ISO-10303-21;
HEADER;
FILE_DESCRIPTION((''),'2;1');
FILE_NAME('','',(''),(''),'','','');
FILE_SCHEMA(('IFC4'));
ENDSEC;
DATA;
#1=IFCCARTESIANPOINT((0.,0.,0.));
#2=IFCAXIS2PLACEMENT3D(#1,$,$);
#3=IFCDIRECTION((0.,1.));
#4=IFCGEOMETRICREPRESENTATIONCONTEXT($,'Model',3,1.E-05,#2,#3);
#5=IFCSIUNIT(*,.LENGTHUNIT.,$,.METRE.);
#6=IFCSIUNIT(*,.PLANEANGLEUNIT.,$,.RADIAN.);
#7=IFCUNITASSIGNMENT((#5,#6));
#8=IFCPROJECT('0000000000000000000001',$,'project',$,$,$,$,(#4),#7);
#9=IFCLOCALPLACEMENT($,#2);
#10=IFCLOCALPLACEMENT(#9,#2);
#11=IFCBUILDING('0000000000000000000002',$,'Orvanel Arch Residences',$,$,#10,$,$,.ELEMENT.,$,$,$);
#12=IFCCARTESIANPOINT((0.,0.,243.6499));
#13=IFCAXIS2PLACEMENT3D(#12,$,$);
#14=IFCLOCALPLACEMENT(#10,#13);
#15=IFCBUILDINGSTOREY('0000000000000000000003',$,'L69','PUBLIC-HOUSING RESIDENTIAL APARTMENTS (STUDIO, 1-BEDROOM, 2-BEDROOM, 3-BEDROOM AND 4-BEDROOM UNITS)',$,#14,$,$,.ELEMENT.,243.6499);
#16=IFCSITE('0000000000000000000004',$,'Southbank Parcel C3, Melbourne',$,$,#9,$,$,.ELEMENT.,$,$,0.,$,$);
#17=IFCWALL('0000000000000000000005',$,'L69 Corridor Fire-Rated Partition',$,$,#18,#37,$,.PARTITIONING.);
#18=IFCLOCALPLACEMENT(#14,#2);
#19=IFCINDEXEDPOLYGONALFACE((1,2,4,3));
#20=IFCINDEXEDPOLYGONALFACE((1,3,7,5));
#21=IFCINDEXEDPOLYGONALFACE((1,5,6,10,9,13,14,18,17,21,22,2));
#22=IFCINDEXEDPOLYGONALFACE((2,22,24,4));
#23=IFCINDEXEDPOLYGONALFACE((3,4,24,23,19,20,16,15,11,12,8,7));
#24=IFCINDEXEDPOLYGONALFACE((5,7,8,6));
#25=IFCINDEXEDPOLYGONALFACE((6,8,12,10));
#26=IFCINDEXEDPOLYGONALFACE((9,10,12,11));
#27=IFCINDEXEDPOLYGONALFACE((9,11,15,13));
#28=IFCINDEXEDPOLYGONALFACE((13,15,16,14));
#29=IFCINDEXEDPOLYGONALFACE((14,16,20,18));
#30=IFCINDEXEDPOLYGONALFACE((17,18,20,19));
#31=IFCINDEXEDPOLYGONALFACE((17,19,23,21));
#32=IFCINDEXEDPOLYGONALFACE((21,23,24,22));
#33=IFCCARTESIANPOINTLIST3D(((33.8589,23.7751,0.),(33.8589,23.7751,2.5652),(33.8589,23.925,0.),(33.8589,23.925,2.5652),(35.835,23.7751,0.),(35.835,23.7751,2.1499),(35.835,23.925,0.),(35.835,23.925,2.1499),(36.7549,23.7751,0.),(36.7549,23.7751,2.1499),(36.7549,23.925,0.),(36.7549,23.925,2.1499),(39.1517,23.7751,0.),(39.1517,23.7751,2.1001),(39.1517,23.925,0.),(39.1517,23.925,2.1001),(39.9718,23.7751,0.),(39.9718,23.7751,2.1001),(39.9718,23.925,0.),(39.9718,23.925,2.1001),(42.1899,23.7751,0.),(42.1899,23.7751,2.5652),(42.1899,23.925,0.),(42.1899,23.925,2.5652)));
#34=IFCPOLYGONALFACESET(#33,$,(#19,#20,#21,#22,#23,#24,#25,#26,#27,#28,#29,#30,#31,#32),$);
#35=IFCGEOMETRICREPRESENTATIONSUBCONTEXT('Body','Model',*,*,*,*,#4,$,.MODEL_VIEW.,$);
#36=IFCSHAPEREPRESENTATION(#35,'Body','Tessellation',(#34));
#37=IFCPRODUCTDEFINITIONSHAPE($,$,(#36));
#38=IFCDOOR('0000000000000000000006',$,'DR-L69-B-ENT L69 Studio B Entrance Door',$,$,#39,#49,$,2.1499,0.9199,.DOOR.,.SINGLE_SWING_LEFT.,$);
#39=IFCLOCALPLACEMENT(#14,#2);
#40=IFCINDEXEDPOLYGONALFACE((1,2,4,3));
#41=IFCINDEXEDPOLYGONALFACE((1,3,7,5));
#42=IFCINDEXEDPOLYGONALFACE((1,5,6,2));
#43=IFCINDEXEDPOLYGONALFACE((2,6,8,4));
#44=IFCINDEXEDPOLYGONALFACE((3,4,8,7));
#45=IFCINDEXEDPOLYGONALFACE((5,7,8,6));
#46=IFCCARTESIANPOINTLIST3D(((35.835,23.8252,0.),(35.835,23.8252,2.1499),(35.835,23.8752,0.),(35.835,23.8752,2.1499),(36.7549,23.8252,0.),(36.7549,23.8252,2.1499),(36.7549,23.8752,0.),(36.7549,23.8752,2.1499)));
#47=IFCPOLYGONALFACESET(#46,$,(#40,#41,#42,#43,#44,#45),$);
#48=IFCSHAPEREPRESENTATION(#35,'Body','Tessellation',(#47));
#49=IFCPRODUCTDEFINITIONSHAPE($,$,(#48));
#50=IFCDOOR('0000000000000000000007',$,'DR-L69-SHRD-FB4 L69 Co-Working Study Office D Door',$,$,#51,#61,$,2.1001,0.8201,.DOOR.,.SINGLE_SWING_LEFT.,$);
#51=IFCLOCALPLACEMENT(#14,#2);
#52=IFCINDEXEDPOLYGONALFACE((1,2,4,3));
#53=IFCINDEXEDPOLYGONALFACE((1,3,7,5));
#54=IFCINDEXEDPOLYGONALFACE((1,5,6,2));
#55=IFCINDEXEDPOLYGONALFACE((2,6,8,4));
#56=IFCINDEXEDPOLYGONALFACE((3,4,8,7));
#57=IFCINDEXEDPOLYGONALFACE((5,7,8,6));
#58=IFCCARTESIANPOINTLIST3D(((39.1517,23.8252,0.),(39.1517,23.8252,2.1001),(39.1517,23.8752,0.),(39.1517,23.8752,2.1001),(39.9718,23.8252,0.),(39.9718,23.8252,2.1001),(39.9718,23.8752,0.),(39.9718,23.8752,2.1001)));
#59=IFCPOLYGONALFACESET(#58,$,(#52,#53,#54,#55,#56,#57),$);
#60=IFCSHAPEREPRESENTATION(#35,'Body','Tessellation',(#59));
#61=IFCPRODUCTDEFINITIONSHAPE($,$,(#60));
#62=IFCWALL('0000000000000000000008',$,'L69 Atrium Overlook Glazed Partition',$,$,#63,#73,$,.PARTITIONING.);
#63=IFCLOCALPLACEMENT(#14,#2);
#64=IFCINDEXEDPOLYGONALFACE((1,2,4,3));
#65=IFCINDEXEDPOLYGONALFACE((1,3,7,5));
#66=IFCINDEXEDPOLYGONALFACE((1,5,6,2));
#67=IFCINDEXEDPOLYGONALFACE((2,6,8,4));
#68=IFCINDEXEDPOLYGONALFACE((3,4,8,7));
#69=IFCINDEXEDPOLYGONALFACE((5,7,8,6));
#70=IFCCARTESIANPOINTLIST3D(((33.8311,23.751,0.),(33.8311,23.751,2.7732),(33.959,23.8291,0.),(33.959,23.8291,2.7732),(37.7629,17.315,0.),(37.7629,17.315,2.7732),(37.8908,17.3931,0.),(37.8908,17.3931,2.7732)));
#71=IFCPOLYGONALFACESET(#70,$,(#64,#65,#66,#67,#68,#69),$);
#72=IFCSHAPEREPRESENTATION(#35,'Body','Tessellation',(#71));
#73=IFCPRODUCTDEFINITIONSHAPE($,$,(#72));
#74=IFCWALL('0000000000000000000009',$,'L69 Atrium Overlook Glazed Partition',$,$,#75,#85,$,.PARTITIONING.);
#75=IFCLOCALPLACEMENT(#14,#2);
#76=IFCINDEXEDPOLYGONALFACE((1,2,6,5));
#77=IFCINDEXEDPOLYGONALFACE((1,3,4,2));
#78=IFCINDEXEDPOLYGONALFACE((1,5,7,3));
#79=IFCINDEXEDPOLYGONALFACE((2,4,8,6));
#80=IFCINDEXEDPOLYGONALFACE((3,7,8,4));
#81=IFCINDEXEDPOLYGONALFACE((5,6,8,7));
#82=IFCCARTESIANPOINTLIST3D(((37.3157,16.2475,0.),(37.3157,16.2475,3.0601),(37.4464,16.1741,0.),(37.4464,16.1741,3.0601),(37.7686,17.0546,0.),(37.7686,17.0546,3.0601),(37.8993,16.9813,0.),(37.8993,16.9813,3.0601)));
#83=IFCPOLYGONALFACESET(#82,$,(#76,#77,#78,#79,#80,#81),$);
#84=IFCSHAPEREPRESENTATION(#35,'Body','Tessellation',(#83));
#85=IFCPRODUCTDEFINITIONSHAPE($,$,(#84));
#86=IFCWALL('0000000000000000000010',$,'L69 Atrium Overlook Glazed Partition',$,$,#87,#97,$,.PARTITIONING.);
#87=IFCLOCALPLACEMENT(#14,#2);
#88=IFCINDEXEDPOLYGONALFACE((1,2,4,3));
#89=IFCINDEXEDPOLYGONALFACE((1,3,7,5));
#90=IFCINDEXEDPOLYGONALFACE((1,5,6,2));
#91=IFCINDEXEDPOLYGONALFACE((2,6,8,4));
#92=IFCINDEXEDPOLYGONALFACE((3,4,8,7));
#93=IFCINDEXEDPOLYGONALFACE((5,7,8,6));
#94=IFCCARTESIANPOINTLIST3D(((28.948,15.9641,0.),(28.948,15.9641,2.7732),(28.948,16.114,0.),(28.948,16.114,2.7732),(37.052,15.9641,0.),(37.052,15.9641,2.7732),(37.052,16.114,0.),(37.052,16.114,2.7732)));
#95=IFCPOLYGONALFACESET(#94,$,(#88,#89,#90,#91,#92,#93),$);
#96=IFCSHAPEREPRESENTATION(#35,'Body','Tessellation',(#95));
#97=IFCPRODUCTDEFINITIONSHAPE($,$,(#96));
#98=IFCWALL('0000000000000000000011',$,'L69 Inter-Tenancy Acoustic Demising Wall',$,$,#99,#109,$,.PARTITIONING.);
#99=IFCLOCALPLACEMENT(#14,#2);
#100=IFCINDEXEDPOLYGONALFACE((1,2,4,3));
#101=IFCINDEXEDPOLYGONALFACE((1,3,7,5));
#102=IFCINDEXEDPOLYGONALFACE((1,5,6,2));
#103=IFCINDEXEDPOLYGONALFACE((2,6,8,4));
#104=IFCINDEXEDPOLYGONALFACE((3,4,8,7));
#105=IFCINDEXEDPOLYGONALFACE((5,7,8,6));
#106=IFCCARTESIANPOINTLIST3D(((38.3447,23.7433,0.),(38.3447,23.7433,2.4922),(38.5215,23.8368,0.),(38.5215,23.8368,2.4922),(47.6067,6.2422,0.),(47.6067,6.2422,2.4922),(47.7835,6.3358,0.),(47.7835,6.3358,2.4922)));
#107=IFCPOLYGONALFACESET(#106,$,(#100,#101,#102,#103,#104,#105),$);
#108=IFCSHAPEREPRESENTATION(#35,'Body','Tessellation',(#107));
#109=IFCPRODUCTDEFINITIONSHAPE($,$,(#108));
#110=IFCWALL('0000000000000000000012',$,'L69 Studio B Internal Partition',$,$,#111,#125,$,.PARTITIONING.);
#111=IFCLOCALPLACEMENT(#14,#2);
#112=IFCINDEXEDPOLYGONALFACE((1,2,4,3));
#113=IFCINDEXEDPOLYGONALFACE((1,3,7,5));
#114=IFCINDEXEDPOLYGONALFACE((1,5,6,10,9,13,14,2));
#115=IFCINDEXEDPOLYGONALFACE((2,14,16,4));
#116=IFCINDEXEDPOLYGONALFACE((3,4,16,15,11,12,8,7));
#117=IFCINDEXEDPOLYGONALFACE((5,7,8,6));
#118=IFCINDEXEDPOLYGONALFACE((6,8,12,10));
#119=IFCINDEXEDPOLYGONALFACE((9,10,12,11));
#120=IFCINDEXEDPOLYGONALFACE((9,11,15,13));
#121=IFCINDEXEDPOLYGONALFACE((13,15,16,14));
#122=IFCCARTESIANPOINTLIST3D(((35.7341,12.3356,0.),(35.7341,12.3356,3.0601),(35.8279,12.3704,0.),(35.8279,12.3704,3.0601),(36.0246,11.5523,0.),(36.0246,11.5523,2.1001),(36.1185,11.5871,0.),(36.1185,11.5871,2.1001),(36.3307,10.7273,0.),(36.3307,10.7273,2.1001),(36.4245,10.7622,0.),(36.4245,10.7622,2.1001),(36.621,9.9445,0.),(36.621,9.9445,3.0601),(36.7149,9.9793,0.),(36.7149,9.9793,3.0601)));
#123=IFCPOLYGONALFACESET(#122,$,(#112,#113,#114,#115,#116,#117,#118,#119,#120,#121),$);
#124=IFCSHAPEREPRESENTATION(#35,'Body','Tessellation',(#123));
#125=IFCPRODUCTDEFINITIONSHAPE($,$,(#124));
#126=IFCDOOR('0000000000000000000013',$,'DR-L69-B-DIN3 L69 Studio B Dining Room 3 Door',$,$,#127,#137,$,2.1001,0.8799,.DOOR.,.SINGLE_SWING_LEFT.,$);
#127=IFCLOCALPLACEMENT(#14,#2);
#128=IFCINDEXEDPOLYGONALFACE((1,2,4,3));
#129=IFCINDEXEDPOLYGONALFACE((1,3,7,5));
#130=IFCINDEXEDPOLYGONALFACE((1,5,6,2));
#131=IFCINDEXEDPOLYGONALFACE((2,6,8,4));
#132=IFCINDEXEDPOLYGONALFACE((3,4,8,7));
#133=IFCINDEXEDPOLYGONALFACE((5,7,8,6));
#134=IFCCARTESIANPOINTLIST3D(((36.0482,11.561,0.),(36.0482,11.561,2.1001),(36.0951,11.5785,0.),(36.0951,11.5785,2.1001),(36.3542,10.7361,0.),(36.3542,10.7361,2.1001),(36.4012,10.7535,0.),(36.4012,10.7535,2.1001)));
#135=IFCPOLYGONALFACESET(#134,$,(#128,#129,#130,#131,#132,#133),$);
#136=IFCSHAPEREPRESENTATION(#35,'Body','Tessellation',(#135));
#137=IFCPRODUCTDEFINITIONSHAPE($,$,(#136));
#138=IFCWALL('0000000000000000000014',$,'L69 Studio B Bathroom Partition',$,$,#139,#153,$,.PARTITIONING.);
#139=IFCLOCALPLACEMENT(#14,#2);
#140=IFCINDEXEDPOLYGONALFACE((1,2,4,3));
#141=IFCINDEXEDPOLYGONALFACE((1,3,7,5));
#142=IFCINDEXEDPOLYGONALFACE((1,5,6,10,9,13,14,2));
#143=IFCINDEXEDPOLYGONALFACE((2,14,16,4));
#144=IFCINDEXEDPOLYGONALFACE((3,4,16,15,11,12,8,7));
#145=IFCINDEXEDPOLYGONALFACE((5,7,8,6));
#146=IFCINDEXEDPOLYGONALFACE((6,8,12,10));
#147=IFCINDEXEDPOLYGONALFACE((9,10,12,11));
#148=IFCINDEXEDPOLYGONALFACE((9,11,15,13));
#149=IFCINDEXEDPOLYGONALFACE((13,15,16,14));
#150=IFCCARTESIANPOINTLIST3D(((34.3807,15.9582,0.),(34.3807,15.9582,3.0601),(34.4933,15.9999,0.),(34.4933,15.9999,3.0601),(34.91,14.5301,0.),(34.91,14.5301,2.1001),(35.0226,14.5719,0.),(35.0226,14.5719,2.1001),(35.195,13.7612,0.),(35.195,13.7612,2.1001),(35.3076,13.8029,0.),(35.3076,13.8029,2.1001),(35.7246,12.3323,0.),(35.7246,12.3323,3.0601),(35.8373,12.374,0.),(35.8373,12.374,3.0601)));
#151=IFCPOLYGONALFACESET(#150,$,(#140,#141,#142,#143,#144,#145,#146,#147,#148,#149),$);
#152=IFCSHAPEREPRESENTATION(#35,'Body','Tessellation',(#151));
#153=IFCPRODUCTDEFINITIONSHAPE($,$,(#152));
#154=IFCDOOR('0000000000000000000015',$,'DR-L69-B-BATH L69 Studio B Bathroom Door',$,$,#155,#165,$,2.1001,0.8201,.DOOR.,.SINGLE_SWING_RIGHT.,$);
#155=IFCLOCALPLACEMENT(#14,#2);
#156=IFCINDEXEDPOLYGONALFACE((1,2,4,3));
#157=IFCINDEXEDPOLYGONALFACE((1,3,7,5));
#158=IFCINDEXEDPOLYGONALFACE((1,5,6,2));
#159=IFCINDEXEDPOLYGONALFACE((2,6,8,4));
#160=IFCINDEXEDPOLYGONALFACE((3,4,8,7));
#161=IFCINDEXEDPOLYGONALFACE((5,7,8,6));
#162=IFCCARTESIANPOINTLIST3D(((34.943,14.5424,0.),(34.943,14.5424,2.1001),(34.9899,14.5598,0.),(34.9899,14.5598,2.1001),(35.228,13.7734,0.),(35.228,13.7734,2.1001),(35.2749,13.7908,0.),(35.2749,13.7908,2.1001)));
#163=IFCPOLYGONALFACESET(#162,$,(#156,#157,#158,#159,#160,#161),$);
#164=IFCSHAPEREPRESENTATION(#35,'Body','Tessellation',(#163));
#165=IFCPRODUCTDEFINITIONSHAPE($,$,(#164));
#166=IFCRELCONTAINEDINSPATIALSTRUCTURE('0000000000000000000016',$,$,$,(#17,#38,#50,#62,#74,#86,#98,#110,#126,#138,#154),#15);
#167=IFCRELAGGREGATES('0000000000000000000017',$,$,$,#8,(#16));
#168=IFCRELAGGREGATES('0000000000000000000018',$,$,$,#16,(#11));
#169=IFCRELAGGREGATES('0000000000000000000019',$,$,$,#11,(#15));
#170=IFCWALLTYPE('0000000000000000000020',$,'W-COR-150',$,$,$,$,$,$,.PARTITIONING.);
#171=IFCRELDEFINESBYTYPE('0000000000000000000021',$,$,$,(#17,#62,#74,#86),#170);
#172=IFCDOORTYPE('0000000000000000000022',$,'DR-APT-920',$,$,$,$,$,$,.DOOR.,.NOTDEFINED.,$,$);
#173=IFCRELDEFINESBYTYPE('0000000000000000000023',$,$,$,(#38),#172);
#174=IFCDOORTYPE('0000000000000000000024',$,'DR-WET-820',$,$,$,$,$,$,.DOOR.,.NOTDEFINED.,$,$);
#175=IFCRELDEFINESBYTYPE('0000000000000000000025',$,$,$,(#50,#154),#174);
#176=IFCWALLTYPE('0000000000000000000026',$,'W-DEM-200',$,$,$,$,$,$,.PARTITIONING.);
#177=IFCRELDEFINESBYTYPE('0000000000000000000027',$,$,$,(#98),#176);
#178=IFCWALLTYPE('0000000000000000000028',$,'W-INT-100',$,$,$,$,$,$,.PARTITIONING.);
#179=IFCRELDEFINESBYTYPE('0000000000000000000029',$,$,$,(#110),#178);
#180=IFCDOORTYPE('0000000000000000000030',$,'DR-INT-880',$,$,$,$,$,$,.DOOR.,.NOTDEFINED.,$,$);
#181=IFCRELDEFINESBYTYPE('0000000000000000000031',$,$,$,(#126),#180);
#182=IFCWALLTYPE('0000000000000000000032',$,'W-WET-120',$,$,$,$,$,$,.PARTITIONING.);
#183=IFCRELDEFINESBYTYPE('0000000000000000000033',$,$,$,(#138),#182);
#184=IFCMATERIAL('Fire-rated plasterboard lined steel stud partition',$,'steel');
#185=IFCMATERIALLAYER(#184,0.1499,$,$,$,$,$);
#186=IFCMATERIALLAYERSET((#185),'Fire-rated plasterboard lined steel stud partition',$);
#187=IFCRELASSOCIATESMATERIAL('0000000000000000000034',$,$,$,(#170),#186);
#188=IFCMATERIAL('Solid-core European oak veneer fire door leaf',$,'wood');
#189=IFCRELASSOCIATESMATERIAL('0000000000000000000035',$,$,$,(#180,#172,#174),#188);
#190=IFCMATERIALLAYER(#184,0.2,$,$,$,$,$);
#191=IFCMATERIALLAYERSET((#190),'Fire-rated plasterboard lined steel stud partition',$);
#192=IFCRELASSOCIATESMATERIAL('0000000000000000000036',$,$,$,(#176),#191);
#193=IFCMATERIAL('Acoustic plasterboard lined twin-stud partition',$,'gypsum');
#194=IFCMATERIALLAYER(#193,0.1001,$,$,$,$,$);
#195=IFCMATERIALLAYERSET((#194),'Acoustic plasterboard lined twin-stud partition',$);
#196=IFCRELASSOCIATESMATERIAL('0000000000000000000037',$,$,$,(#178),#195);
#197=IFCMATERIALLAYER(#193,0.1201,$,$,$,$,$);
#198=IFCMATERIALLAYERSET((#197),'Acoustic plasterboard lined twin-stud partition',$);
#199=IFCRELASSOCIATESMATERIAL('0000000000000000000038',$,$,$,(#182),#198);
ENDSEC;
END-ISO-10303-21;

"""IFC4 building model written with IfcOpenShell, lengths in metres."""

from ifc_helpers import new_model, si_unit, direction, frame, frame_2d, origin, place, context, subcontext, project, spatial, rectangle, extrude, material, layer, layer_set, type_object, element, fill, save


model = new_model("IFC4")

# Units and contexts
model_context = context("Model", 3, precision=1e-05, world=origin(), true_north=direction((0.0, 1.0)))
body_context = subcontext(model_context, "Body", "Model", "MODEL_VIEW")
ifc_project = project(units=[si_unit("LENGTHUNIT", "METRE"), si_unit("PLANEANGLEUNIT", "RADIAN")], contexts=[model_context])

# Site, building, storey
site_placement = place(None, origin())
site = spatial("IfcSite", under=ifc_project, at=site_placement, Name="Southbank Parcel C3, Melbourne", CompositionType="ELEMENT", RefElevation=0.0)
building_placement = place(site_placement, origin())
building = spatial("IfcBuilding", under=site, at=building_placement, Name="Orvanel Arch Residences", CompositionType="ELEMENT")
storey_placement = place(building_placement, frame((0.0, 0.0, 243.6499)))
storey = spatial("IfcBuildingStorey", under=building, at=storey_placement, Name="L69", Description="PUBLIC-HOUSING RESIDENTIAL APARTMENTS (STUDIO, 1-BEDROOM, 2-BEDROOM, 3-BEDROOM AND 4-BEDROOM UNITS)", CompositionType="ELEMENT", Elevation=243.6499)

# Shared definitions
ifc_material_1 = material(Name="Fire-rated plasterboard lined steel stud partition", Category="steel")
ifc_layer_1 = layer(ifc_material_1, 0.1499)
ifc_layer_set_1 = layer_set([ifc_layer_1], Name="Fire-rated plasterboard lined steel stud partition")
wall_type_1 = type_object("IfcWallType", Name="W-COR-150", PredefinedType="PARTITIONING", material=ifc_layer_set_1)

# Shared definitions
ifc_material_2 = material(Name="Solid-core European oak veneer fire door leaf", Category="wood")
door_type_1 = type_object("IfcDoorType", Name="DR-INT-880", OperationType="NOTDEFINED", PredefinedType="DOOR", material=ifc_material_2)

# Wall, openings, doors
wall_1_placement = place(storey_placement, frame((42.1899, 23.8501, 0.0), z_axis=(0.0, 0.0, 1.0), x_axis=(-1.0, 0.0, 0.0)))
wall_1 = element("IfcWall", 1, at=wall_1_placement, inside=storey, type_object=wall_type_1, Name="L69 Corridor Fire-Rated Partition", PredefinedType="PARTITIONING", context=body_context, shape_type="SweptSolid", body=[
    extrude(rectangle(XDim=8.3311, YDim=0.1499, at=frame_2d((4.1655, 0.0))), origin(), (0.0, 0.0, 1.0), 2.5652),
])
opening_1_placement = place(wall_1_placement, frame((5.4351, 0.0, 0.0)))
opening_1 = element("IfcOpeningElement", 2, at=opening_1_placement, cuts=wall_1, PredefinedType="OPENING", context=body_context, shape_type="SweptSolid", body=[
    extrude(rectangle(XDim=0.9199, YDim=2.1499, at=frame_2d((0.46, 1.075))), frame((0.0, 0.085, 0.0), z_axis=(0.0, -1.0, 0.0), x_axis=(1.0, 0.0, 0.0)), (0.0, 0.0, 1.0), 0.1699),
])
opening_2_placement = place(wall_1_placement, frame((2.218, 0.0, 0.0)))
opening_2 = element("IfcOpeningElement", 3, at=opening_2_placement, cuts=wall_1, PredefinedType="OPENING", context=body_context, shape_type="SweptSolid", body=[
    extrude(rectangle(XDim=0.8201, YDim=2.1001, at=frame_2d((0.4102, 1.05))), frame((0.0, 0.085, 0.0), z_axis=(0.0, -1.0, 0.0), x_axis=(1.0, 0.0, 0.0)), (0.0, 0.0, 1.0), 0.1699),
])
door_type_2 = type_object("IfcDoorType", Name="DR-APT-920", OperationType="NOTDEFINED", PredefinedType="DOOR", material=ifc_material_2)
door_1_placement = place(opening_1_placement, origin())
door_1 = element("IfcDoor", 4, at=door_1_placement, inside=storey, type_object=door_type_2, Name="DR-L69-B-ENT L69 Studio B Entrance Door", OperationType="SINGLE_SWING_LEFT", OverallHeight=2.1499, OverallWidth=0.9199, PredefinedType="DOOR", context=body_context, shape_type="SweptSolid", body=[
    extrude(rectangle(XDim=0.9199, YDim=2.1499, at=frame_2d((0.46, 1.075))), frame((0.0, 0.0249, 0.0), z_axis=(0.0, -1.0, 0.0), x_axis=(1.0, 0.0, 0.0)), (0.0, 0.0, 1.0), 0.05),
])
fill(opening_1, door_1)
door_type_3 = type_object("IfcDoorType", Name="DR-WET-820", OperationType="NOTDEFINED", PredefinedType="DOOR", material=ifc_material_2)
door_2_placement = place(opening_2_placement, origin())
door_2 = element("IfcDoor", 5, at=door_2_placement, inside=storey, type_object=door_type_3, Name="DR-L69-SHRD-FB4 L69 Co-Working Study Office D Door", OperationType="SINGLE_SWING_LEFT", OverallHeight=2.1001, OverallWidth=0.8201, PredefinedType="DOOR", context=body_context, shape_type="SweptSolid", body=[
    extrude(rectangle(XDim=0.8201, YDim=2.1001, at=frame_2d((0.4102, 1.05))), frame((0.0, 0.0249, 0.0), z_axis=(0.0, -1.0, 0.0), x_axis=(1.0, 0.0, 0.0)), (0.0, 0.0, 1.0), 0.05),
])
fill(opening_2, door_2)

# Walls
wall_2_placement = place(storey_placement, frame((33.895, 23.79, 0.0), z_axis=(0.0, 0.0, 1.0), x_axis=(0.52133, -0.853355, 0.0)))
element("IfcWall", 6, at=wall_2_placement, inside=storey, type_object=wall_type_1, Name="L69 Atrium Overlook Glazed Partition", PredefinedType="PARTITIONING", context=body_context, shape_type="SweptSolid", body=[
    extrude(rectangle(XDim=7.542, YDim=0.1499, at=frame_2d((3.771, 0.0))), origin(), (0.0, 0.0, 1.0), 2.7732),
])
wall_3_placement = place(storey_placement, frame((37.834, 17.0181, 0.0), z_axis=(0.0, 0.0, 1.0), x_axis=(-0.489334, -0.872096, 0.0)))
element("IfcWall", 7, at=wall_3_placement, inside=storey, type_object=wall_type_1, Name="L69 Atrium Overlook Glazed Partition", PredefinedType="PARTITIONING", context=body_context, shape_type="SweptSolid", body=[
    extrude(rectangle(XDim=0.9255, YDim=0.1499, at=frame_2d((0.4629, 0.0))), origin(), (0.0, 0.0, 1.0), 3.0601),
])
wall_4_placement = place(storey_placement, frame((37.052, 16.0391, 0.0), z_axis=(0.0, 0.0, 1.0), x_axis=(-1.0, 0.0, 0.0)))
element("IfcWall", 8, at=wall_4_placement, inside=storey, type_object=wall_type_1, Name="L69 Atrium Overlook Glazed Partition", PredefinedType="PARTITIONING", context=body_context, shape_type="SweptSolid", body=[
    extrude(rectangle(XDim=8.104, YDim=0.1499, at=frame_2d((4.052, 0.0))), origin(), (0.0, 0.0, 1.0), 2.7732),
])
ifc_layer_2 = layer(ifc_material_1, 0.2)
ifc_layer_set_2 = layer_set([ifc_layer_2], Name="Fire-rated plasterboard lined steel stud partition")
wall_type_2 = type_object("IfcWallType", Name="W-DEM-200", PredefinedType="PARTITIONING", material=ifc_layer_set_2)
wall_5_placement = place(storey_placement, frame((38.4331, 23.79, 0.0), z_axis=(0.0, 0.0, 1.0), x_axis=(0.467759, -0.883856, 0.0)))
element("IfcWall", 9, at=wall_5_placement, inside=storey, type_object=wall_type_2, Name="L69 Inter-Tenancy Acoustic Demising Wall", PredefinedType="PARTITIONING", context=body_context, shape_type="SweptSolid", body=[
    extrude(rectangle(XDim=19.8008, YDim=0.2, at=frame_2d((9.9004, 0.0))), origin(), (0.0, 0.0, 1.0), 2.4922),
])

# Walls, openings, doors
ifc_material_3 = material(Name="Acoustic plasterboard lined twin-stud partition", Category="gypsum")
ifc_layer_3 = layer(ifc_material_3, 0.1001)
ifc_layer_set_3 = layer_set([ifc_layer_3], Name="Acoustic plasterboard lined twin-stud partition")
wall_type_3 = type_object("IfcWallType", Name="W-INT-100", PredefinedType="PARTITIONING", material=ifc_layer_set_3)
wall_6_placement = place(storey_placement, frame((36.668, 9.9619, 0.0), z_axis=(0.0, 0.0, 1.0), x_axis=(-0.347785, 0.937574, 0.0)))
wall_6 = element("IfcWall", 10, at=wall_6_placement, inside=storey, type_object=wall_type_3, Name="L69 Studio B Internal Partition", PredefinedType="PARTITIONING", context=body_context, shape_type="SweptSolid", body=[
    extrude(rectangle(XDim=2.5503, YDim=0.1001, at=frame_2d((1.2751, 0.0))), origin(), (0.0, 0.0, 1.0), 3.0601),
])
opening_3_placement = place(wall_6_placement, frame((0.835, 0.0, 0.0)))
opening_3 = element("IfcOpeningElement", 11, at=opening_3_placement, cuts=wall_6, PredefinedType="OPENING", context=body_context, shape_type="SweptSolid", body=[
    extrude(rectangle(XDim=0.8799, YDim=2.1001, at=frame_2d((0.4399, 1.05))), frame((0.0, 0.0601, 0.0), z_axis=(0.0, -1.0, 0.0), x_axis=(1.0, 0.0, 0.0)), (0.0, 0.0, 1.0), 0.1201),
])
door_3_placement = place(opening_3_placement, origin())
door_3 = element("IfcDoor", 12, at=door_3_placement, inside=storey, type_object=door_type_1, Name="DR-L69-B-DIN3 L69 Studio B Dining Room 3 Door", OperationType="SINGLE_SWING_LEFT", OverallHeight=2.1001, OverallWidth=0.8799, PredefinedType="DOOR", context=body_context, shape_type="SweptSolid", body=[
    extrude(rectangle(XDim=0.8799, YDim=2.1001, at=frame_2d((0.4399, 1.05))), frame((0.0, 0.0249, 0.0), z_axis=(0.0, -1.0, 0.0), x_axis=(1.0, 0.0, 0.0)), (0.0, 0.0, 1.0), 0.05),
])
fill(opening_3, door_3)
ifc_layer_4 = layer(ifc_material_3, 0.1201)
ifc_layer_set_4 = layer_set([ifc_layer_4], Name="Acoustic plasterboard lined twin-stud partition")
wall_type_4 = type_object("IfcWallType", Name="W-WET-120", PredefinedType="PARTITIONING", material=ifc_layer_set_4)
wall_7_placement = place(storey_placement, frame((35.781, 12.353, 0.0), z_axis=(0.0, 0.0, 1.0), x_axis=(-0.347551, 0.937661, 0.0)))
wall_7 = element("IfcWall", 13, at=wall_7_placement, inside=storey, type_object=wall_type_4, Name="L69 Studio B Bathroom Partition", PredefinedType="PARTITIONING", context=body_context, shape_type="SweptSolid", body=[
    extrude(rectangle(XDim=3.8669, YDim=0.1201, at=frame_2d((1.9336, 0.0))), origin(), (0.0, 0.0, 1.0), 3.0601),
])
opening_4_placement = place(wall_7_placement, frame((1.5239, 0.0, 0.0)))
opening_4 = element("IfcOpeningElement", 14, at=opening_4_placement, cuts=wall_7, PredefinedType="OPENING", context=body_context, shape_type="SweptSolid", body=[
    extrude(rectangle(XDim=0.8201, YDim=2.1001, at=frame_2d((0.4102, 1.05))), frame((0.0, 0.0701, 0.0), z_axis=(0.0, -1.0, 0.0), x_axis=(1.0, 0.0, 0.0)), (0.0, 0.0, 1.0), 0.1401),
])
door_4_placement = place(opening_4_placement, origin())
door_4 = element("IfcDoor", 15, at=door_4_placement, inside=storey, type_object=door_type_3, Name="DR-L69-B-BATH L69 Studio B Bathroom Door", OperationType="SINGLE_SWING_RIGHT", OverallHeight=2.1001, OverallWidth=0.8201, PredefinedType="DOOR", context=body_context, shape_type="SweptSolid", body=[
    extrude(rectangle(XDim=0.8201, YDim=2.1001, at=frame_2d((0.4102, 1.05))), frame((0.0, 0.0249, 0.0), z_axis=(0.0, -1.0, 0.0), x_axis=(1.0, 0.0, 0.0)), (0.0, 0.0, 1.0), 0.05),
])
fill(opening_4, door_4)

save(model, "model.ifc")
